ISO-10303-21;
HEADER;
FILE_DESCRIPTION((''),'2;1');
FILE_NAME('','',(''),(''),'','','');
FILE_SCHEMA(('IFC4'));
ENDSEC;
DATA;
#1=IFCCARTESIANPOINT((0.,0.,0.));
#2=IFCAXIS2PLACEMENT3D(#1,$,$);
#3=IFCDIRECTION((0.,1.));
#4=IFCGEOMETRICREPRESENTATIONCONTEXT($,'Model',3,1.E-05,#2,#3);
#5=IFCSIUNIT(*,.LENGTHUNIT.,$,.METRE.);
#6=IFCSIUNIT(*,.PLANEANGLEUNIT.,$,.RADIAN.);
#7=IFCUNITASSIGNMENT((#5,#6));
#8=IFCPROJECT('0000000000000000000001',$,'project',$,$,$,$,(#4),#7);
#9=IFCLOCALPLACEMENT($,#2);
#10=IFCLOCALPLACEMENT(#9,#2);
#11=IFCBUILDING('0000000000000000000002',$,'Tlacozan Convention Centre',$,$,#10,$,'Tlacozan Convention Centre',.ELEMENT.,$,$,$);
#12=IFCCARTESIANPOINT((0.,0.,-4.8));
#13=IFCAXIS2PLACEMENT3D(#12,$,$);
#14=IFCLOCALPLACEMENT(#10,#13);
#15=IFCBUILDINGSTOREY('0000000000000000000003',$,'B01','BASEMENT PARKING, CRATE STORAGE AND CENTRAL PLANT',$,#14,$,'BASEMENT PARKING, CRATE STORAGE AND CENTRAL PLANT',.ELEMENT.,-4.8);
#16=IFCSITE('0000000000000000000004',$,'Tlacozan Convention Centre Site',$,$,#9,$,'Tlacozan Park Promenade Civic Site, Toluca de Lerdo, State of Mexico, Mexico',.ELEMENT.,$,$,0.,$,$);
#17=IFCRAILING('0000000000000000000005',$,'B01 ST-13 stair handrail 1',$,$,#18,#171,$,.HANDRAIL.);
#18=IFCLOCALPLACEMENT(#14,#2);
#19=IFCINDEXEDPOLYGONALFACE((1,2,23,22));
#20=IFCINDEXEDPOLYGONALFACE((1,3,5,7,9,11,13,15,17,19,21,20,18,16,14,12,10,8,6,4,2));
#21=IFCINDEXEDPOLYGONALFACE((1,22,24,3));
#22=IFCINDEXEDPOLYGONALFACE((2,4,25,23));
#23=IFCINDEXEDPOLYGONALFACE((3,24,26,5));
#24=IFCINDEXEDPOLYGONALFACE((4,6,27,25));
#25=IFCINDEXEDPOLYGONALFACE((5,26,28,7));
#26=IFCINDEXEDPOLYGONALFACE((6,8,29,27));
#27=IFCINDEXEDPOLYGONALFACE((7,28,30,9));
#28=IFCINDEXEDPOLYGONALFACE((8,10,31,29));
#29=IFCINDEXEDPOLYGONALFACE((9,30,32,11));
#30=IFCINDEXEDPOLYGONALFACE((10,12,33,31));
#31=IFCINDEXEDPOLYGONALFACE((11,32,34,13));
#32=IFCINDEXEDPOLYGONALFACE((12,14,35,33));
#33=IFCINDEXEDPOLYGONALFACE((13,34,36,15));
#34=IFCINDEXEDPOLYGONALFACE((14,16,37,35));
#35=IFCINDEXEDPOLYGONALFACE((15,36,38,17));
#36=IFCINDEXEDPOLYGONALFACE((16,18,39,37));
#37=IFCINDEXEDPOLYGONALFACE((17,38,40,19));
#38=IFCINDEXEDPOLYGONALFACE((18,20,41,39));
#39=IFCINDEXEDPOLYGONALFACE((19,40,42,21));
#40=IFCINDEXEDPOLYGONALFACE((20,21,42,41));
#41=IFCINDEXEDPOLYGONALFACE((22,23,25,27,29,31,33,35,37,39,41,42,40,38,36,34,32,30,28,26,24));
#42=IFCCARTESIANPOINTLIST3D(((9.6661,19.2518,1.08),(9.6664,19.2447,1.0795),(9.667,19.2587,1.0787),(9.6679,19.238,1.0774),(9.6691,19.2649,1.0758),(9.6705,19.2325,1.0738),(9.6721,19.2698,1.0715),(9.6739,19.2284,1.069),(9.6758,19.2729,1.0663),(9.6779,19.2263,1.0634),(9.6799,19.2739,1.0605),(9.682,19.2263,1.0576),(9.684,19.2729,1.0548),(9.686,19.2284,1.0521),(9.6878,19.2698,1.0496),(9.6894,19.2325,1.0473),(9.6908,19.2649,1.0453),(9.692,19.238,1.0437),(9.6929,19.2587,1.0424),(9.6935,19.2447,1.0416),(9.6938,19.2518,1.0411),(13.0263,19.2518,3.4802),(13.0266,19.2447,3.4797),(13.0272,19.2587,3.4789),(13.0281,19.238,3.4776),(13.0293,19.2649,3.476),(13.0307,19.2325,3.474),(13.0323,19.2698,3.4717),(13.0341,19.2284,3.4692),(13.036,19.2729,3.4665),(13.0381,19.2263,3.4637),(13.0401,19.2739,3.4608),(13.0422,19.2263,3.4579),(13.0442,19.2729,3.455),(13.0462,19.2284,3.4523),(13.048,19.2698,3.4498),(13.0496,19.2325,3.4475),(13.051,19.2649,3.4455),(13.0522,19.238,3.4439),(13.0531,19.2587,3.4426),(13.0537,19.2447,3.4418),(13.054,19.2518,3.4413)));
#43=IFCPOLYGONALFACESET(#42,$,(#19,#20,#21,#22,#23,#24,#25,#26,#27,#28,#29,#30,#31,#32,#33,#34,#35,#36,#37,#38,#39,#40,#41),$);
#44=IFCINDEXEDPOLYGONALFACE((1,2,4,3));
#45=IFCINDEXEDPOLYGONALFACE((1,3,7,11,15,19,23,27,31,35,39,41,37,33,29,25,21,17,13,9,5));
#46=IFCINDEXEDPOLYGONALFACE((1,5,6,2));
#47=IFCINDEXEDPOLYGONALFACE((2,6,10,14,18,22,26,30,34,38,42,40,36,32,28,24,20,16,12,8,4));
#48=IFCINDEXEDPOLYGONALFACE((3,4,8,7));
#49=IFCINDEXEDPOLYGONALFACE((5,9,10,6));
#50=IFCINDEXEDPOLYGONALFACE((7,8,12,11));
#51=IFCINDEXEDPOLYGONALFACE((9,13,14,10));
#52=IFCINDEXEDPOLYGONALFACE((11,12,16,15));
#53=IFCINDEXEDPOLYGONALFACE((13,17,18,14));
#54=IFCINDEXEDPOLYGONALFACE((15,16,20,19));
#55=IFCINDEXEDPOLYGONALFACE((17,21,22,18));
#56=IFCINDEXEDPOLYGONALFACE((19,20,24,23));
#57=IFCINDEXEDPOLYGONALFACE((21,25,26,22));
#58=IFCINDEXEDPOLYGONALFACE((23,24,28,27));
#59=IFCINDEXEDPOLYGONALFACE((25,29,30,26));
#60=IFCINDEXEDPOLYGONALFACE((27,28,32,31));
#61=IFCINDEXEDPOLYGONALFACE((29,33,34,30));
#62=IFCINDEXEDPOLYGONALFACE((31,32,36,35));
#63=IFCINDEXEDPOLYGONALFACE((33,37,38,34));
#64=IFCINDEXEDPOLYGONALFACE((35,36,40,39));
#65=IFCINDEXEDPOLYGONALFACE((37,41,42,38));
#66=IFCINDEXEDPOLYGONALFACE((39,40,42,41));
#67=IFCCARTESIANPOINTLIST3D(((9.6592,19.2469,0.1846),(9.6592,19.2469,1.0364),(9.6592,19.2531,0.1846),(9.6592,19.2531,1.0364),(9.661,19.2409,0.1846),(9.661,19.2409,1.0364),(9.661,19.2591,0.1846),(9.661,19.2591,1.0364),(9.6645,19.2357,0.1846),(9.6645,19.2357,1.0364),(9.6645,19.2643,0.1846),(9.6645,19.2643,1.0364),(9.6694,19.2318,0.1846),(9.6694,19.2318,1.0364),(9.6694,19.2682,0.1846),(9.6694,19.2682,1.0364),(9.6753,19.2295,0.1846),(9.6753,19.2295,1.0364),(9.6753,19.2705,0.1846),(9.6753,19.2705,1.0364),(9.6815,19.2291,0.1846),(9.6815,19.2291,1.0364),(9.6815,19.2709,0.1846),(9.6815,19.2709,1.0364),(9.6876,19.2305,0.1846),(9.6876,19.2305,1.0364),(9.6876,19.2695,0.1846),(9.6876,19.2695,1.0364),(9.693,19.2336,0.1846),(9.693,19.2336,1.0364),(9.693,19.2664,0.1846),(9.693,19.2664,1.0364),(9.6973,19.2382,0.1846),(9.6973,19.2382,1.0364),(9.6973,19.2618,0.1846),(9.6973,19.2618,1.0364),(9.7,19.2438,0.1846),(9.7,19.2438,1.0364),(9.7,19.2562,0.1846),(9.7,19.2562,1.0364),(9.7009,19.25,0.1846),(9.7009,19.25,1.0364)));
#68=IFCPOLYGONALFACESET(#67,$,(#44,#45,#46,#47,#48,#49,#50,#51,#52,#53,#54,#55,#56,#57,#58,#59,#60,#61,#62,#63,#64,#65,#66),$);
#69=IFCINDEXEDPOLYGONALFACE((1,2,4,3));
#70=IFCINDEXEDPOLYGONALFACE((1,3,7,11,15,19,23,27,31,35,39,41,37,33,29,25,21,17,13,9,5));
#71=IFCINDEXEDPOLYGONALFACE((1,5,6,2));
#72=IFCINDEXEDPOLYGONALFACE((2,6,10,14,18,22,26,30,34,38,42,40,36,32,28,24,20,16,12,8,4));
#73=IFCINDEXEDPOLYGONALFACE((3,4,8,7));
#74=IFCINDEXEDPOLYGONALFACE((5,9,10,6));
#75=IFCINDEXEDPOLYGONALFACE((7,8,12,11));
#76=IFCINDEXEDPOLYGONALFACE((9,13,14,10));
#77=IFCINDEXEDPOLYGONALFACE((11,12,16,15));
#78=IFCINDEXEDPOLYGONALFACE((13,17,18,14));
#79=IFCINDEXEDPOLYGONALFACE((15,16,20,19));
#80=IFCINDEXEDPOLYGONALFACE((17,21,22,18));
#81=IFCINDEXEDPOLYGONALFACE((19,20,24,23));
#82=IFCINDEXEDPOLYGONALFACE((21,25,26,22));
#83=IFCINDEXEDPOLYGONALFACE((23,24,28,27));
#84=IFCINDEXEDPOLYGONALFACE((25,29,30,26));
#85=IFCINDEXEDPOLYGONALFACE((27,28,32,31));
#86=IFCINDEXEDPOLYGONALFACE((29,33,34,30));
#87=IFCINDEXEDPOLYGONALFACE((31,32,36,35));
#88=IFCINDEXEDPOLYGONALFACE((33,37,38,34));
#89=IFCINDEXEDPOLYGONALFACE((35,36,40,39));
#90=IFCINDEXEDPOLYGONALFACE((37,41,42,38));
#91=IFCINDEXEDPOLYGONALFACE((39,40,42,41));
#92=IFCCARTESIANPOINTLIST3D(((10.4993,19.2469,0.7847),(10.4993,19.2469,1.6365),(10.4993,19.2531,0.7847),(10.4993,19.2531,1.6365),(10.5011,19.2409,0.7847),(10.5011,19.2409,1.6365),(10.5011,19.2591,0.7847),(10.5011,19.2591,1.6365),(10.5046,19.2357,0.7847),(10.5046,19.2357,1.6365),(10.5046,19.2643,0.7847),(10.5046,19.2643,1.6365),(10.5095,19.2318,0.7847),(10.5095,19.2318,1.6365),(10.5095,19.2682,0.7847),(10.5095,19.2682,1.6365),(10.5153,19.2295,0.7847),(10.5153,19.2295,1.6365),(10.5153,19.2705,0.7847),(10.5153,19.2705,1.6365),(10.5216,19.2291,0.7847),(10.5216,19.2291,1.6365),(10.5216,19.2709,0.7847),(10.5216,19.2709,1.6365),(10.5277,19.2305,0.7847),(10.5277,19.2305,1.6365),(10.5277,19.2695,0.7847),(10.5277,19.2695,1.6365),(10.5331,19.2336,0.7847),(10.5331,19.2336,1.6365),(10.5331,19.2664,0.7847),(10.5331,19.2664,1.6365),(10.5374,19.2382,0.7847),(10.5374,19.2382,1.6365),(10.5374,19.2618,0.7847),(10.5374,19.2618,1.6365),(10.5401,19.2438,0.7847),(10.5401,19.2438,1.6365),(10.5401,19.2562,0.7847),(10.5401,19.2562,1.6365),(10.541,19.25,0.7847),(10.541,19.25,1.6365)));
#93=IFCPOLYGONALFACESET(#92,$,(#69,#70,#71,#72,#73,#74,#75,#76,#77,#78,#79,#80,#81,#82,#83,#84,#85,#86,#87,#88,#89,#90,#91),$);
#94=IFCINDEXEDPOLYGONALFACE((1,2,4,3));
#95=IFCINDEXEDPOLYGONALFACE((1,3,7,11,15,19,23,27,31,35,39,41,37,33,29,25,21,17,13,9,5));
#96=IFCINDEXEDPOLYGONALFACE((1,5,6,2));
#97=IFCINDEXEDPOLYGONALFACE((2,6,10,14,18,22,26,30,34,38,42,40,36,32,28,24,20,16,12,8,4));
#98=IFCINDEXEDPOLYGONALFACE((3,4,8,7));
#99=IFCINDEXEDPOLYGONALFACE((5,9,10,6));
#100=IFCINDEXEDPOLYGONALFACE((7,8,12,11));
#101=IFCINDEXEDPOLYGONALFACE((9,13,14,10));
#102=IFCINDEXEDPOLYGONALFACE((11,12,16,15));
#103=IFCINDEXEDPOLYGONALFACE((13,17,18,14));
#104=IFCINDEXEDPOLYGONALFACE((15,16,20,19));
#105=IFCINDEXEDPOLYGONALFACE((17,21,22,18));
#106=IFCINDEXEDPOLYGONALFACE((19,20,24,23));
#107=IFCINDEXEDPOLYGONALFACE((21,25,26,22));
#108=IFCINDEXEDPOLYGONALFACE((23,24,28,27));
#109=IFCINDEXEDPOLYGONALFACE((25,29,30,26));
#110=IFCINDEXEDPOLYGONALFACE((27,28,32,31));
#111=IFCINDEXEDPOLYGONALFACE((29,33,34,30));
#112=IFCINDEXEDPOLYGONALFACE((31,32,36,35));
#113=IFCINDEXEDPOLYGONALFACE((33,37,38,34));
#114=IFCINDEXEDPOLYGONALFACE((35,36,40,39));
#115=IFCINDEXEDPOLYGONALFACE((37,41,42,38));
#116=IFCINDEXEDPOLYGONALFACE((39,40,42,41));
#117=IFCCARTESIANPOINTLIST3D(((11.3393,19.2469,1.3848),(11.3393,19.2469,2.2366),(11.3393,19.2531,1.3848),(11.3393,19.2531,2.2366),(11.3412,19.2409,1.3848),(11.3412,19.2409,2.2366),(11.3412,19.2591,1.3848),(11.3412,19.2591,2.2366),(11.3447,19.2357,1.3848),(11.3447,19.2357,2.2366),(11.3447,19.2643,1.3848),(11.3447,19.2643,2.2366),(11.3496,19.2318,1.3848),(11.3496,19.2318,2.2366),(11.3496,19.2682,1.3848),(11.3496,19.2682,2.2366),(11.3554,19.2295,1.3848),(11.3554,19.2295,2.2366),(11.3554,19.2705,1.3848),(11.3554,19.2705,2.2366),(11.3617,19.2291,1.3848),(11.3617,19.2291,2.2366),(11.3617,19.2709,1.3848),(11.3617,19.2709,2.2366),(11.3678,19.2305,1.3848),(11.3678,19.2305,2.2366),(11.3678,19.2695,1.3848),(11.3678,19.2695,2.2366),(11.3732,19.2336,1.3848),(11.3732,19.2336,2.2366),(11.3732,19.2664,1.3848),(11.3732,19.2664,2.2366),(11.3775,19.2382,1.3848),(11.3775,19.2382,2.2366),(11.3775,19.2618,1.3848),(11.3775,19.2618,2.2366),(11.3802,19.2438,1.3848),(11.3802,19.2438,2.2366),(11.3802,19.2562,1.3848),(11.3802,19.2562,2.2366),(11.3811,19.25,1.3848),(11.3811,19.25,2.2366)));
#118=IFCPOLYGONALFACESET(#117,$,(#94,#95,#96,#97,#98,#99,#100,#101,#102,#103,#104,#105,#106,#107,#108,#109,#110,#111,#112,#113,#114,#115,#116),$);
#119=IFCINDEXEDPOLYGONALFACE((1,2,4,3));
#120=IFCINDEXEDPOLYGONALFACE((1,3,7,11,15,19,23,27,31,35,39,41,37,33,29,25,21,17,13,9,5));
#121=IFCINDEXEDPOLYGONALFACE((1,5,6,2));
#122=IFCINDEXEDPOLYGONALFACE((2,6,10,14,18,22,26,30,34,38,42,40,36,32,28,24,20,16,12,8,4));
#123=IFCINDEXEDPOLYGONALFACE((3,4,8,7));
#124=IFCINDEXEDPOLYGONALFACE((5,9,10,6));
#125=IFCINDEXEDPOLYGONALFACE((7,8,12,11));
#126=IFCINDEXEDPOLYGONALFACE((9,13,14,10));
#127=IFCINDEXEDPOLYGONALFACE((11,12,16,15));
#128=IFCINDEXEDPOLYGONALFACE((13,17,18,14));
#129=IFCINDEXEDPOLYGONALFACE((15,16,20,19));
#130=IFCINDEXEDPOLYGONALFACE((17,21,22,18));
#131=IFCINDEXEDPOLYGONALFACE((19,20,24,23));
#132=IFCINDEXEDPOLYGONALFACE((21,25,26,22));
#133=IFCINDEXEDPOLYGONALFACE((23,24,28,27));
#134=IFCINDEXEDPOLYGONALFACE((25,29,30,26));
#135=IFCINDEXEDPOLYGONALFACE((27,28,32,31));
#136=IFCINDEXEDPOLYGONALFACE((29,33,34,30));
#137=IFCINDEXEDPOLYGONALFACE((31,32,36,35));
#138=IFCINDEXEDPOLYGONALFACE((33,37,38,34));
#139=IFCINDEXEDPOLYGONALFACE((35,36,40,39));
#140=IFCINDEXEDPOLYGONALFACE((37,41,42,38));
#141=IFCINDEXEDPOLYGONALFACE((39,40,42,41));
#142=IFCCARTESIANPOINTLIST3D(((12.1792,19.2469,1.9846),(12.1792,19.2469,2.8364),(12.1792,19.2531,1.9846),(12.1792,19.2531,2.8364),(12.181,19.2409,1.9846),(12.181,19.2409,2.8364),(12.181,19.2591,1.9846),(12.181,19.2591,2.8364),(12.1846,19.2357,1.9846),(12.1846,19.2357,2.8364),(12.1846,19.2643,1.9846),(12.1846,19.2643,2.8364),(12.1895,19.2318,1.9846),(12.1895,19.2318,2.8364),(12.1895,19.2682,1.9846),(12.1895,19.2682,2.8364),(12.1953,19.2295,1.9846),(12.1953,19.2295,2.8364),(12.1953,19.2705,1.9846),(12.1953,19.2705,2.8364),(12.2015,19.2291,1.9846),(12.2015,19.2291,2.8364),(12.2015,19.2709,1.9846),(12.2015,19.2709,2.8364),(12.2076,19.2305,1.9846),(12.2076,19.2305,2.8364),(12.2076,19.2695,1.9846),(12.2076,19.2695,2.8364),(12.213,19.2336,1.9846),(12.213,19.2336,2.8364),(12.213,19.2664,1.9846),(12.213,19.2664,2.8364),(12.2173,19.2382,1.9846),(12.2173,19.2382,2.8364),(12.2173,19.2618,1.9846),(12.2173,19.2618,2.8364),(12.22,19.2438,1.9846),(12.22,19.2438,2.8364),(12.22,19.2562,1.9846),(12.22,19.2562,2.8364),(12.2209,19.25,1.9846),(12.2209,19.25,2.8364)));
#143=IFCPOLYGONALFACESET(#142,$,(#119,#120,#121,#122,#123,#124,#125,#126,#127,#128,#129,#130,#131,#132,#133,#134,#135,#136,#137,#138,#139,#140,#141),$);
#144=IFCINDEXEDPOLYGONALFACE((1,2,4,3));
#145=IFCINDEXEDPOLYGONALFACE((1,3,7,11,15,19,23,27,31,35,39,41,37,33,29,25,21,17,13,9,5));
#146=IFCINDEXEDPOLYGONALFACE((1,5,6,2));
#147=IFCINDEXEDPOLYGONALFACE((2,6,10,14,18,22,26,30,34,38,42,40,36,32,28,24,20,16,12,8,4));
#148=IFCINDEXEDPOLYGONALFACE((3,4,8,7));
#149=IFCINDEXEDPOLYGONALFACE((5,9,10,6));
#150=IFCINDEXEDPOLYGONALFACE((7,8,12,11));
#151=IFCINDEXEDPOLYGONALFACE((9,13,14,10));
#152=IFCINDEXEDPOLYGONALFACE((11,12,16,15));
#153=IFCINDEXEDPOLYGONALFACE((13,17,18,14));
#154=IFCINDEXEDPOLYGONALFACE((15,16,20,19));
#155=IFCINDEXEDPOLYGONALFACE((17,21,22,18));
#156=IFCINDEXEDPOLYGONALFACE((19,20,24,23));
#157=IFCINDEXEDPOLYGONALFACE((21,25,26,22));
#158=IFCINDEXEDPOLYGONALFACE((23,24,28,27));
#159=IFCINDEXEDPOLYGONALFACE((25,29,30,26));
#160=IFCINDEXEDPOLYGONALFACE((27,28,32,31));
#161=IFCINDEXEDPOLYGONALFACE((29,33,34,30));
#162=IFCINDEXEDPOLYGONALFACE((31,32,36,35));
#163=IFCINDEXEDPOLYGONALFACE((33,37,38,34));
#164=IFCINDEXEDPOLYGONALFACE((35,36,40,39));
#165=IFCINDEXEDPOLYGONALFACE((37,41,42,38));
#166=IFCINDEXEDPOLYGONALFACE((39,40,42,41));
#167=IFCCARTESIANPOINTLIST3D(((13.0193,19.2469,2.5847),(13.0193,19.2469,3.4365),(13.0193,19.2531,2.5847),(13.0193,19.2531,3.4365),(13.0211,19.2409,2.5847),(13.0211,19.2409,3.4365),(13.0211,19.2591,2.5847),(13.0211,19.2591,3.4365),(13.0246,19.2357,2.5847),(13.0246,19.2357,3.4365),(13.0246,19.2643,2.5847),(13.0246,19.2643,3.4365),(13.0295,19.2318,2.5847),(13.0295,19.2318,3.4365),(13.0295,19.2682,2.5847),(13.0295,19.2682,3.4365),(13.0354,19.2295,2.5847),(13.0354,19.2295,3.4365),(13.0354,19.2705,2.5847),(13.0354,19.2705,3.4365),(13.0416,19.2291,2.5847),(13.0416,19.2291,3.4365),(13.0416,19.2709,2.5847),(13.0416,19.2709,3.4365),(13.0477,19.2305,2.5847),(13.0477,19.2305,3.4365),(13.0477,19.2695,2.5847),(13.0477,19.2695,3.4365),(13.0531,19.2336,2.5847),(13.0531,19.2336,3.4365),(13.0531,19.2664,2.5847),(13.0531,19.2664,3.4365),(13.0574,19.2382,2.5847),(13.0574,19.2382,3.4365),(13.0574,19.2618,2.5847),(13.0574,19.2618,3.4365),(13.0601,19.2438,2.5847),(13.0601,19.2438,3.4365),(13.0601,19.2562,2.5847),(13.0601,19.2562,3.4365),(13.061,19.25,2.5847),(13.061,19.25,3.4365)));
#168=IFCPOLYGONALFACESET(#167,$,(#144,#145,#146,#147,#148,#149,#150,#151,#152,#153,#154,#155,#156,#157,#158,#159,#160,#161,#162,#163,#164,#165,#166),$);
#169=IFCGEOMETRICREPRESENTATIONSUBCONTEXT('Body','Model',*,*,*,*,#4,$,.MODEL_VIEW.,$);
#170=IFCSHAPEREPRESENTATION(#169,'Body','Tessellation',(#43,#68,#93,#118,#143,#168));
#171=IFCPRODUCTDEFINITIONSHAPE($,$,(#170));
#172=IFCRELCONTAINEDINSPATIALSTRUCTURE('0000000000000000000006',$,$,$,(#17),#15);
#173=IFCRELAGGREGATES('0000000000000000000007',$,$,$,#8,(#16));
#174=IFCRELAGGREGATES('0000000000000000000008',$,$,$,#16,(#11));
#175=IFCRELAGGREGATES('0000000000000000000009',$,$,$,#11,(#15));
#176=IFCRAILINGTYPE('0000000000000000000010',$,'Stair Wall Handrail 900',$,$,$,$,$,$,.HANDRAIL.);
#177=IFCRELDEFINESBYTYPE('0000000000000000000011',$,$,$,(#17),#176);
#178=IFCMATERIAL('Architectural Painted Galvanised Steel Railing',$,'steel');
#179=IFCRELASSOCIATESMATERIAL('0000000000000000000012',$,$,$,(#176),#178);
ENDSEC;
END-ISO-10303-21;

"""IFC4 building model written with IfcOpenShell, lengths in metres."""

from ifc_helpers import new_model, si_unit, direction, frame, origin, origin_2d, place, context, subcontext, project, spatial, circle, extrude, material, type_object, element, save


model = new_model("IFC4")

# Units and contexts
model_context = context("Model", 3, precision=1e-05, world=origin(), true_north=direction((0.0, 1.0)))
body_context = subcontext(model_context, "Body", "Model", "MODEL_VIEW")
ifc_project = project(units=[si_unit("LENGTHUNIT", "METRE"), si_unit("PLANEANGLEUNIT", "RADIAN")], contexts=[model_context])

# Site, building, storey
site_placement = place(None, origin())
site = spatial("IfcSite", under=ifc_project, at=site_placement, Name="Tlacozan Convention Centre Site", LongName="Tlacozan Park Promenade Civic Site, Toluca de Lerdo, State of Mexico, Mexico", CompositionType="ELEMENT", RefElevation=0.0)
building_placement = place(site_placement, origin())
building = spatial("IfcBuilding", under=site, at=building_placement, Name="Tlacozan Convention Centre", LongName="Tlacozan Convention Centre", CompositionType="ELEMENT")
storey_placement = place(building_placement, frame((0.0, 0.0, -4.8)))
storey = spatial("IfcBuildingStorey", under=building, at=storey_placement, Name="B01", Description="BASEMENT PARKING, CRATE STORAGE AND CENTRAL PLANT", LongName="BASEMENT PARKING, CRATE STORAGE AND CENTRAL PLANT", CompositionType="ELEMENT", Elevation=-4.8)

# Railing
ifc_material_1 = material(Name="Architectural Painted Galvanised Steel Railing", Category="steel")
railing_type_1 = type_object("IfcRailingType", Name="Stair Wall Handrail 900", PredefinedType="HANDRAIL", material=ifc_material_1)
railing_1_placement = place(storey_placement, frame((9.6799, 19.25, 0.1846)))
element("IfcRailing", 1, at=railing_1_placement, inside=storey, type_object=railing_type_1, Name="B01 ST-13 stair handrail 1", PredefinedType="HANDRAIL", context=body_context, shape_type="SweptSolid", body=[
    extrude(circle(Radius=0.0239, at=origin_2d()), frame((0.0, 0.0, 0.876), z_axis=(0.813725, 0.0, 0.581249), x_axis=(0.0, 1.0, 0.0)), (0.0, 0.0, 1.0), 4.1294),
    extrude(circle(Radius=0.021, at=origin_2d()), origin(), (0.0, 0.0, 1.0), 0.8518),
    extrude(circle(Radius=0.021, at=origin_2d()), frame((0.8401, 0.0, 0.6001)), (0.0, 0.0, 1.0), 0.8518),
    extrude(circle(Radius=0.021, at=origin_2d()), frame((1.6802, 0.0, 1.2002)), (0.0, 0.0, 1.0), 0.8518),
    extrude(circle(Radius=0.021, at=origin_2d()), frame((2.52, 0.0, 1.8)), (0.0, 0.0, 1.0), 0.8518),
    extrude(circle(Radius=0.021, at=origin_2d()), frame((3.3601, 0.0, 2.4001)), (0.0, 0.0, 1.0), 0.8518),
])

save(model, "model.ifc")
